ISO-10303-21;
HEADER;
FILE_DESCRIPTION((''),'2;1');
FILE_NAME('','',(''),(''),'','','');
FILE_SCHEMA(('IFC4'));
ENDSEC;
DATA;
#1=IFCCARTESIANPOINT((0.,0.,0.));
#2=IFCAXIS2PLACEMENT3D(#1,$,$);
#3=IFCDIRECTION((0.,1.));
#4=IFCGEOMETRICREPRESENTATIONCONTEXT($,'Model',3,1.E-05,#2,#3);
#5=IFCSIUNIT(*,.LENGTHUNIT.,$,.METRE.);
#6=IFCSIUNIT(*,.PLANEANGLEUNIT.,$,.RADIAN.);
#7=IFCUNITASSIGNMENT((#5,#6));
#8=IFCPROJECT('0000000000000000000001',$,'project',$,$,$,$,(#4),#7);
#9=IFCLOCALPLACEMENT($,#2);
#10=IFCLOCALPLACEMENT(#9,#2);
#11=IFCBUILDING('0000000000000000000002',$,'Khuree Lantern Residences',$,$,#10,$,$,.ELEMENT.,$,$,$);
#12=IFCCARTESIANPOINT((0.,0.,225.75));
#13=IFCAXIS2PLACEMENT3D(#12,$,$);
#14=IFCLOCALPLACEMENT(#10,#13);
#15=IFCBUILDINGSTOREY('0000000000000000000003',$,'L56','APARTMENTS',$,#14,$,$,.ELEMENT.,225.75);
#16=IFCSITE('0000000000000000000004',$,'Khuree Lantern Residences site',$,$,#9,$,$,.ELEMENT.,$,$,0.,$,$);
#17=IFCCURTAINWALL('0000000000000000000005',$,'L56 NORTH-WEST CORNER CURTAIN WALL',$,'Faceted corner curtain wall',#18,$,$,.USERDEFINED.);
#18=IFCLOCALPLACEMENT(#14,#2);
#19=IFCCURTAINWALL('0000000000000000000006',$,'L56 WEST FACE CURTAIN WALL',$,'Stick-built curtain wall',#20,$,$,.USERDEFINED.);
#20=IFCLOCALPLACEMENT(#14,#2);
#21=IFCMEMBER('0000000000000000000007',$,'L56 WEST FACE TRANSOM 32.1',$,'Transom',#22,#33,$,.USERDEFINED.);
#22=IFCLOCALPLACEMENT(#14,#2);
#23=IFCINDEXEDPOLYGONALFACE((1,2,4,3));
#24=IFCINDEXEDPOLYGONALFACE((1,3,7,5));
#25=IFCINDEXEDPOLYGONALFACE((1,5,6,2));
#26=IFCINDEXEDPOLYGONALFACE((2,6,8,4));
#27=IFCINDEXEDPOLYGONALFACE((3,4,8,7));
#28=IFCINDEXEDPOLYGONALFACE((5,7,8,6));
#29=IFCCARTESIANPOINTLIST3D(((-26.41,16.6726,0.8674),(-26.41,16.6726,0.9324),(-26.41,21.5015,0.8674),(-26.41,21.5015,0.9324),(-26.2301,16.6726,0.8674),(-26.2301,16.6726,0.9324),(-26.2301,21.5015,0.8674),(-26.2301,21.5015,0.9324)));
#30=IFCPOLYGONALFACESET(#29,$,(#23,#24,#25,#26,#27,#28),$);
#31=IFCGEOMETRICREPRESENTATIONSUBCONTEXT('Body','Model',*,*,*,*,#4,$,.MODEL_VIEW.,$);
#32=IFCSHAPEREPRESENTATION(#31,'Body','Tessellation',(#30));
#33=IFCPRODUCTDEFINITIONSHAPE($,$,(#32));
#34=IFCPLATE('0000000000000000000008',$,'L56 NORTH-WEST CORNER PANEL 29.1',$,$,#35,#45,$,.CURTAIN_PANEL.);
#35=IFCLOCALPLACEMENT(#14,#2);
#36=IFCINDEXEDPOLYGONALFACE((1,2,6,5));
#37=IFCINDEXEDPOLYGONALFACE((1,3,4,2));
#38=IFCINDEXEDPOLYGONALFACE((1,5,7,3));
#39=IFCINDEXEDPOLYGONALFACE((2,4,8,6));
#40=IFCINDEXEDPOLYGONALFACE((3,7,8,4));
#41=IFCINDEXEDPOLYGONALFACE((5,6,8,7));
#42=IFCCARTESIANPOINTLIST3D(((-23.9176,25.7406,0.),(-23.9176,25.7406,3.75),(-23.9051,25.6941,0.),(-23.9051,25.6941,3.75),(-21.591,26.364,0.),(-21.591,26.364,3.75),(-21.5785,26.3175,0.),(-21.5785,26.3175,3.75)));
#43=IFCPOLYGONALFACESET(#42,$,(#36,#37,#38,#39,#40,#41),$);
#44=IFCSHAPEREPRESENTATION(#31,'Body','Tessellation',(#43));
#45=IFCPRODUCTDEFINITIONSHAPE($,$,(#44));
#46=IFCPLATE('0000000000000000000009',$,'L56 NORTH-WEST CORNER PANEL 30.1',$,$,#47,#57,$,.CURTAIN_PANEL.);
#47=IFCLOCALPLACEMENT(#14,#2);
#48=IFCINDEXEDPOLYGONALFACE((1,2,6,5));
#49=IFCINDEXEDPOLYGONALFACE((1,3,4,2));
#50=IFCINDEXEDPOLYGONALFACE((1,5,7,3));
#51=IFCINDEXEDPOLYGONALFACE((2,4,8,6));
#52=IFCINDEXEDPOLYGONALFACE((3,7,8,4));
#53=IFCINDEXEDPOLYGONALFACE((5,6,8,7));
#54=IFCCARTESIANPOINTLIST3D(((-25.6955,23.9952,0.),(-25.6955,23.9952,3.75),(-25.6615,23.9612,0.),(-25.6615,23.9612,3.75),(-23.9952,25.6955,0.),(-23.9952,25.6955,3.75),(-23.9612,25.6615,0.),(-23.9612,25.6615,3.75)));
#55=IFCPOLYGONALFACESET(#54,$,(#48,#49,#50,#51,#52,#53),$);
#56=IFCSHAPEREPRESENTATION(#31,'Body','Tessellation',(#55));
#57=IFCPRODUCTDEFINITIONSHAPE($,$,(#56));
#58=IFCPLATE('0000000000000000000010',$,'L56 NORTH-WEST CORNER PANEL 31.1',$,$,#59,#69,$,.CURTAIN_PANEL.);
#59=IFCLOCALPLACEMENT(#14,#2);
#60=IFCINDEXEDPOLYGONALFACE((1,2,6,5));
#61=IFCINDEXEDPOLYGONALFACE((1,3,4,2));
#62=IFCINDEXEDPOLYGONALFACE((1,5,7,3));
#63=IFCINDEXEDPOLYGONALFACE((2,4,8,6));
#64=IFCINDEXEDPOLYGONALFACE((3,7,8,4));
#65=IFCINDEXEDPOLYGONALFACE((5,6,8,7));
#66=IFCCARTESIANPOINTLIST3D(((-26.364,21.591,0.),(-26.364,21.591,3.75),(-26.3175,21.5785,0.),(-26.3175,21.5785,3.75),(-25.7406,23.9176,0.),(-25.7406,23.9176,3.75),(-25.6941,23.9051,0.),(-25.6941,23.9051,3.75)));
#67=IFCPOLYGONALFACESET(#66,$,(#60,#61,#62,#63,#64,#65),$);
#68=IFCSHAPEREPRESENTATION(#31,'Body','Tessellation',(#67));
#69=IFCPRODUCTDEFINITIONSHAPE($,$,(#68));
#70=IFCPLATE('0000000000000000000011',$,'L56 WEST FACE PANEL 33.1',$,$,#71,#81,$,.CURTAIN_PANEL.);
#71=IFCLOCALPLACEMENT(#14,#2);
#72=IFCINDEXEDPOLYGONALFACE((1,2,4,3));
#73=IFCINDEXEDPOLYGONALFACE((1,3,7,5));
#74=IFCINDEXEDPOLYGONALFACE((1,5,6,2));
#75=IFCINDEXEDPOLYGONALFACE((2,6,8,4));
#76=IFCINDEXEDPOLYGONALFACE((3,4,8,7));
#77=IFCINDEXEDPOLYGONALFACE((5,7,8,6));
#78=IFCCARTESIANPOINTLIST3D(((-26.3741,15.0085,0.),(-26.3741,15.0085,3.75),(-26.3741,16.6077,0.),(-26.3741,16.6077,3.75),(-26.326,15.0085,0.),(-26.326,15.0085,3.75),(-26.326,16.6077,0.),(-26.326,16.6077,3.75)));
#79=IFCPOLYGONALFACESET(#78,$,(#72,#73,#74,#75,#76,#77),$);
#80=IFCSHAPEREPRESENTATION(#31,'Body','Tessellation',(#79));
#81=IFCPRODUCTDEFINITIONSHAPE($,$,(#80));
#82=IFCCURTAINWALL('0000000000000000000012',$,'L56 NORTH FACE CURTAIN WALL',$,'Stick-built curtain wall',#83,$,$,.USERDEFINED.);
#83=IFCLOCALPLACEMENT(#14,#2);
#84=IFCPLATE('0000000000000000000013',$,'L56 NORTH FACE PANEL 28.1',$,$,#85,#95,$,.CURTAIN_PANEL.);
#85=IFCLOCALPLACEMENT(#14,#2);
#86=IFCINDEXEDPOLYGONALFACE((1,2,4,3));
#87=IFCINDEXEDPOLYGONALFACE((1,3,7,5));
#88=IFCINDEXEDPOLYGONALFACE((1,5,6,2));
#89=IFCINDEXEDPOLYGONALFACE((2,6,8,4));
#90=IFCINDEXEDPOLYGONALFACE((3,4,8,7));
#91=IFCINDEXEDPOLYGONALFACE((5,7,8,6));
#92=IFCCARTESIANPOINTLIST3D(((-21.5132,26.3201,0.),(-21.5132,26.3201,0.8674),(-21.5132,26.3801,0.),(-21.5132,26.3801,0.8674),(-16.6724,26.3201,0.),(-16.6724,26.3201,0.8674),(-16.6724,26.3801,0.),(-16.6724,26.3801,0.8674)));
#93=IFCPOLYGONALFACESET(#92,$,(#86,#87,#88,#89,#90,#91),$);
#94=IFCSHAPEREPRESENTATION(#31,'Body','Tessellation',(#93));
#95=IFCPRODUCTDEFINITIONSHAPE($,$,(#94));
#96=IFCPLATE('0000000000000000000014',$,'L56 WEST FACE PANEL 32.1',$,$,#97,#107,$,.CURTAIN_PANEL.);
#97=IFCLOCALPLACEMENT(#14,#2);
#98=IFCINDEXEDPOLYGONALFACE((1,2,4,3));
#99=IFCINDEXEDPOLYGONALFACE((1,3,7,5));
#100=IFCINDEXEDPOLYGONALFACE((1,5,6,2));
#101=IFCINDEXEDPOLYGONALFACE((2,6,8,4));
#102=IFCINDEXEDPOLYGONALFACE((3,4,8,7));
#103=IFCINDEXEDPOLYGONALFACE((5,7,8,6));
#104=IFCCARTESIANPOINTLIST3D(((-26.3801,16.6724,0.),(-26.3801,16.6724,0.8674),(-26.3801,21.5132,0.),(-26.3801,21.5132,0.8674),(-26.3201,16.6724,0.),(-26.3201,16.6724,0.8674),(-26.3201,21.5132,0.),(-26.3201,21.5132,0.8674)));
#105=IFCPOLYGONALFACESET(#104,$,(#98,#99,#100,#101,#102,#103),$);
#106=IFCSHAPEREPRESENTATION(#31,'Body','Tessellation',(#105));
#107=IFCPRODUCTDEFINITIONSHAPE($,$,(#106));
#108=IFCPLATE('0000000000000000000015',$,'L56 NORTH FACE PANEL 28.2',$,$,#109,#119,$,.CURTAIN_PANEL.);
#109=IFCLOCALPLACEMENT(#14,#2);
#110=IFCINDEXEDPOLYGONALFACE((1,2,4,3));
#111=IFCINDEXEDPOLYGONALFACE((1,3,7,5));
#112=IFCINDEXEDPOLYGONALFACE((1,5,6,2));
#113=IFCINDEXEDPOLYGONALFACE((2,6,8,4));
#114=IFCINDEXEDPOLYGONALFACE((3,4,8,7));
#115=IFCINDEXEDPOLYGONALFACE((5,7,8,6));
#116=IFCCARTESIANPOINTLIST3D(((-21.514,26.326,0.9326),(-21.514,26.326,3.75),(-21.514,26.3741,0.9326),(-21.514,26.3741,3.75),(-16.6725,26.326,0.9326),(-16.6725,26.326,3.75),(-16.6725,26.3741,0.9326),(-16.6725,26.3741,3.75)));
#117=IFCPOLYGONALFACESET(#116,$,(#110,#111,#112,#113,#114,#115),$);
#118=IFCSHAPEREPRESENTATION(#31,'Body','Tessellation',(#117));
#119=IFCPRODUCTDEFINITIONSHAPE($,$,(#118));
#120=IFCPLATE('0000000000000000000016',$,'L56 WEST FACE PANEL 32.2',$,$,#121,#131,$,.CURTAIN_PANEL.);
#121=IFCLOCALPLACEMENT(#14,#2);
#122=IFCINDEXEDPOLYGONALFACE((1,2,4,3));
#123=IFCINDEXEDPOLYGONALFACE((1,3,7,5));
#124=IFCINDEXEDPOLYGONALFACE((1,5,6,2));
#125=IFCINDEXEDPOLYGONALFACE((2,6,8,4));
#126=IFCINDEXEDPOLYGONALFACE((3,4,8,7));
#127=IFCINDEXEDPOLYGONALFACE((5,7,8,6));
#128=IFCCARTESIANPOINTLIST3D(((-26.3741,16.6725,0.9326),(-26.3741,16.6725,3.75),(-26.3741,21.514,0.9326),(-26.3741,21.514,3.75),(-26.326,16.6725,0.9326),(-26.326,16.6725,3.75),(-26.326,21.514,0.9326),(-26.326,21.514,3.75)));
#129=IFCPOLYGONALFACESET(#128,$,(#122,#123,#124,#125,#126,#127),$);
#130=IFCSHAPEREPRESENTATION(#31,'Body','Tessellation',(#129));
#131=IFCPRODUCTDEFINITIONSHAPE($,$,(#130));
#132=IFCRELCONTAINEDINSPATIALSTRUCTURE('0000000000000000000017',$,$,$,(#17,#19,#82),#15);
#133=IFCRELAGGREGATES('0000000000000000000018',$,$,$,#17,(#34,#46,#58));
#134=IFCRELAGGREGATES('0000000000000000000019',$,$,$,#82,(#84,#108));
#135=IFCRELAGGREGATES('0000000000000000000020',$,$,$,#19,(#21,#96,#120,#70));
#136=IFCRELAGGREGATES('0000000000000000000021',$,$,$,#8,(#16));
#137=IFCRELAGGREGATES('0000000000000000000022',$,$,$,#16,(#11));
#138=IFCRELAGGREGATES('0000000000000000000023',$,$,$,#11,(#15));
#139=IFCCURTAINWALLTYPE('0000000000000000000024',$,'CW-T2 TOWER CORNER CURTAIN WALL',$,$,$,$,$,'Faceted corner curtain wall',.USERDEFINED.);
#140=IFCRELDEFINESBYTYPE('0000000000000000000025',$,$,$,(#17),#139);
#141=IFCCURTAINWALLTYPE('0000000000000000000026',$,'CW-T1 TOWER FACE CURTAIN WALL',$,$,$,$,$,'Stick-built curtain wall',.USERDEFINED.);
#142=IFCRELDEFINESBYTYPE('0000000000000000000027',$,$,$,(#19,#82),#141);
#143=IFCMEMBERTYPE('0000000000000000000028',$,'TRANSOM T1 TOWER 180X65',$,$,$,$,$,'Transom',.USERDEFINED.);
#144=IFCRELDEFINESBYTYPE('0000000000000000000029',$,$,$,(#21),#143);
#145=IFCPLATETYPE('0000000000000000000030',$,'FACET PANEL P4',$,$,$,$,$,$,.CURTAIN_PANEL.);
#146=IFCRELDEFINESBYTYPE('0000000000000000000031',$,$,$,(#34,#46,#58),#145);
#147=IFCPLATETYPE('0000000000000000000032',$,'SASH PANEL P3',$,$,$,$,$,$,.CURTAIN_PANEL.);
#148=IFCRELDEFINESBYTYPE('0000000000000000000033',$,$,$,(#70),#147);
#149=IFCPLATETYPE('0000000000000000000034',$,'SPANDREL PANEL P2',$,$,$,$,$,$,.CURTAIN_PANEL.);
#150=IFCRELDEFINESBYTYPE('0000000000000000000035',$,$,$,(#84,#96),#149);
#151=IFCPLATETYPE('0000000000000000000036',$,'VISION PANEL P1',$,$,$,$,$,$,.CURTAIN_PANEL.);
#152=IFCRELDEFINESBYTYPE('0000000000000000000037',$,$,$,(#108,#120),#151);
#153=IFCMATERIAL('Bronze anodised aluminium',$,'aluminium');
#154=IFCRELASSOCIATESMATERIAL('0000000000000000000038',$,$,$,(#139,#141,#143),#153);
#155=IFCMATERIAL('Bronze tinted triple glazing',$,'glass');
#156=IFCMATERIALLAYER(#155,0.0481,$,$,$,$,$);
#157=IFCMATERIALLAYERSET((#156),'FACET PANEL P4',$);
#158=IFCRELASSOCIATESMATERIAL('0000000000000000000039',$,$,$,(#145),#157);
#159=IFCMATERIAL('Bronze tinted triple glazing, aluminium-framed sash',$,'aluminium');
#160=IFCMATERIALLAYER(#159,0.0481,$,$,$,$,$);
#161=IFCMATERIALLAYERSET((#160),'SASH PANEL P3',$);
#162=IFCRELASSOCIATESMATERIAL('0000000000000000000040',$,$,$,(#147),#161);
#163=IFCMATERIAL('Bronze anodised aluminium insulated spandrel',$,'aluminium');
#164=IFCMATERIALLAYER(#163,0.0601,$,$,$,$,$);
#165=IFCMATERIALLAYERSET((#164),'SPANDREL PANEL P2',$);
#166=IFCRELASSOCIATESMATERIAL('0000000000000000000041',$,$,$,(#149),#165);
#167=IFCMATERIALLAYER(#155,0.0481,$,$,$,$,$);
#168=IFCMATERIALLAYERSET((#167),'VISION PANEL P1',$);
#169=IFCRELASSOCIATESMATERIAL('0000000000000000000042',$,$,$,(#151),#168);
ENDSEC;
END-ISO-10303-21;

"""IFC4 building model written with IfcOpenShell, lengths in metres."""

from ifc_helpers import new_model, si_unit, direction, frame, origin, origin_2d, place, context, subcontext, project, spatial, rectangle, extrude, material, layer, layer_set, material_profile, profile_set, type_object, element, aggregate, save


model = new_model("IFC4")

# Units and contexts
model_context = context("Model", 3, precision=1e-05, world=origin(), true_north=direction((0.0, 1.0)))
body_context = subcontext(model_context, "Body", "Model", "MODEL_VIEW")
ifc_project = project(units=[si_unit("LENGTHUNIT", "METRE"), si_unit("PLANEANGLEUNIT", "RADIAN")], contexts=[model_context])

# Site, building, storey
site_placement = place(None, origin())
site = spatial("IfcSite", under=ifc_project, at=site_placement, Name="Khuree Lantern Residences site", CompositionType="ELEMENT", RefElevation=0.0)
building_placement = place(site_placement, origin())
building = spatial("IfcBuilding", under=site, at=building_placement, Name="Khuree Lantern Residences", CompositionType="ELEMENT")
storey_placement = place(building_placement, frame((0.0, 0.0, 225.75)))
storey = spatial("IfcBuildingStorey", under=building, at=storey_placement, Name="L56", Description="APARTMENTS", CompositionType="ELEMENT", Elevation=225.75)

# Curtain walls
ifc_material_1 = material(Name="Bronze anodised aluminium", Category="aluminium")
curtain_wall_type_1 = type_object("IfcCurtainWallType", Name="CW-T2 TOWER CORNER CURTAIN WALL", ElementType="Faceted corner curtain wall", PredefinedType="USERDEFINED", material=ifc_material_1)
curtain_wall_1_placement = place(storey_placement, origin())
curtain_wall_1 = element("IfcCurtainWall", 1, at=curtain_wall_1_placement, inside=storey, type_object=curtain_wall_type_1, Name="L56 NORTH-WEST CORNER CURTAIN WALL", ObjectType="Faceted corner curtain wall", PredefinedType="USERDEFINED")
curtain_wall_type_2 = type_object("IfcCurtainWallType", Name="CW-T1 TOWER FACE CURTAIN WALL", ElementType="Stick-built curtain wall", PredefinedType="USERDEFINED", material=ifc_material_1)
curtain_wall_2_placement = place(storey_placement, origin())
curtain_wall_2 = element("IfcCurtainWall", 2, at=curtain_wall_2_placement, inside=storey, type_object=curtain_wall_type_2, Name="L56 WEST FACE CURTAIN WALL", ObjectType="Stick-built curtain wall", PredefinedType="USERDEFINED")

# Member
ifc_material_profile_1 = material_profile(ifc_material_1, rectangle(XDim=0.1799, YDim=0.0649, at=origin_2d()), Name="T1 180X65")
ifc_profile_set_1 = profile_set([ifc_material_profile_1], Name="Bronze anodised aluminium")
member_type_1 = type_object("IfcMemberType", Name="TRANSOM T1 TOWER 180X65", ElementType="Transom", PredefinedType="USERDEFINED", material=ifc_profile_set_1)
member_1_placement = place(storey_placement, frame((-26.3201, 21.5015, 0.8999), z_axis=(0.0, -1.0, 0.0), x_axis=(1.0, 0.0, 0.0)))
member_1 = element("IfcMember", 3, at=member_1_placement, type_object=member_type_1, Name="L56 WEST FACE TRANSOM 32.1", ObjectType="Transom", PredefinedType="USERDEFINED", context=body_context, shape_type="SweptSolid", body=[
    extrude(rectangle(XDim=0.1799, YDim=0.0649, at=origin_2d()), origin(), (0.0, 0.0, 1.0), 4.8289),
])

# Plates
ifc_material_2 = material(Name="Bronze tinted triple glazing", Category="glass")
ifc_layer_1 = layer(ifc_material_2, 0.0481)
ifc_layer_set_1 = layer_set([ifc_layer_1], Name="FACET PANEL P4")
plate_type_1 = type_object("IfcPlateType", Name="FACET PANEL P4", PredefinedType="CURTAIN_PANEL", material=ifc_layer_set_1)
plate_1_placement = place(storey_placement, frame((-22.748, 26.0291, 0.0), z_axis=(0.0, 0.0, 1.0), x_axis=(-0.965926, -0.258819, 0.0)))
plate_1 = element("IfcPlate", 4, at=plate_1_placement, type_object=plate_type_1, Name="L56 NORTH-WEST CORNER PANEL 29.1", PredefinedType="CURTAIN_PANEL", context=body_context, shape_type="SweptSolid", body=[
    extrude(rectangle(XDim=2.4087, YDim=0.0481, at=origin_2d()), origin(), (0.0, 0.0, 1.0), 3.75),
])
plate_2_placement = place(storey_placement, frame((-24.8284, 24.8284, 0.0), z_axis=(0.0, 0.0, 1.0), x_axis=(-0.707107, -0.707107, 0.0)))
plate_2 = element("IfcPlate", 5, at=plate_2_placement, type_object=plate_type_1, Name="L56 NORTH-WEST CORNER PANEL 30.1", PredefinedType="CURTAIN_PANEL", context=body_context, shape_type="SweptSolid", body=[
    extrude(rectangle(XDim=2.4045, YDim=0.0481, at=origin_2d()), origin(), (0.0, 0.0, 1.0), 3.75),
])
plate_3_placement = place(storey_placement, frame((-26.0291, 22.748, 0.0), z_axis=(0.0, 0.0, 1.0), x_axis=(-0.258819, -0.965926, 0.0)))
plate_3 = element("IfcPlate", 6, at=plate_3_placement, type_object=plate_type_1, Name="L56 NORTH-WEST CORNER PANEL 31.1", PredefinedType="CURTAIN_PANEL", context=body_context, shape_type="SweptSolid", body=[
    extrude(rectangle(XDim=2.4087, YDim=0.0481, at=origin_2d()), origin(), (0.0, 0.0, 1.0), 3.75),
])
aggregate(curtain_wall_1, [plate_1, plate_2, plate_3])
ifc_material_3 = material(Name="Bronze tinted triple glazing, aluminium-framed sash", Category="aluminium")
ifc_layer_2 = layer(ifc_material_3, 0.0481)
ifc_layer_set_2 = layer_set([ifc_layer_2], Name="SASH PANEL P3")
plate_type_2 = type_object("IfcPlateType", Name="SASH PANEL P3", PredefinedType="CURTAIN_PANEL", material=ifc_layer_set_2)
plate_4_placement = place(storey_placement, frame((-26.3501, 15.8081, 0.0), z_axis=(0.0, 0.0, 1.0), x_axis=(0.0, -1.0, 0.0)))
plate_4 = element("IfcPlate", 7, at=plate_4_placement, type_object=plate_type_2, Name="L56 WEST FACE PANEL 33.1", PredefinedType="CURTAIN_PANEL", context=body_context, shape_type="SweptSolid", body=[
    extrude(rectangle(XDim=1.5991, YDim=0.0481, at=origin_2d()), origin(), (0.0, 0.0, 1.0), 3.75),
])

# Curtain wall, plate
curtain_wall_3_placement = place(storey_placement, origin())
curtain_wall_3 = element("IfcCurtainWall", 8, at=curtain_wall_3_placement, inside=storey, type_object=curtain_wall_type_2, Name="L56 NORTH FACE CURTAIN WALL", ObjectType="Stick-built curtain wall", PredefinedType="USERDEFINED")
ifc_material_4 = material(Name="Bronze anodised aluminium insulated spandrel", Category="aluminium")
ifc_layer_3 = layer(ifc_material_4, 0.0601)
ifc_layer_set_3 = layer_set([ifc_layer_3], Name="SPANDREL PANEL P2")
plate_type_3 = type_object("IfcPlateType", Name="SPANDREL PANEL P2", PredefinedType="CURTAIN_PANEL", material=ifc_layer_set_3)
plate_5_placement = place(storey_placement, frame((-19.0928, 26.3501, 0.0), z_axis=(0.0, 0.0, 1.0), x_axis=(-1.0, 0.0, 0.0)))
plate_5 = element("IfcPlate", 9, at=plate_5_placement, type_object=plate_type_3, Name="L56 NORTH FACE PANEL 28.1", PredefinedType="CURTAIN_PANEL", context=body_context, shape_type="SweptSolid", body=[
    extrude(rectangle(XDim=4.8408, YDim=0.0601, at=origin_2d()), origin(), (0.0, 0.0, 1.0), 0.8674),
])

# Plates
plate_6_placement = place(storey_placement, frame((-26.3501, 19.0928, 0.0), z_axis=(0.0, 0.0, 1.0), x_axis=(0.0, -1.0, 0.0)))
plate_6 = element("IfcPlate", 10, at=plate_6_placement, type_object=plate_type_3, Name="L56 WEST FACE PANEL 32.1", PredefinedType="CURTAIN_PANEL", context=body_context, shape_type="SweptSolid", body=[
    extrude(rectangle(XDim=4.8408, YDim=0.0601, at=origin_2d()), origin(), (0.0, 0.0, 1.0), 0.8674),
])
ifc_layer_4 = layer(ifc_material_2, 0.0481)
ifc_layer_set_4 = layer_set([ifc_layer_4], Name="VISION PANEL P1")
plate_type_4 = type_object("IfcPlateType", Name="VISION PANEL P1", PredefinedType="CURTAIN_PANEL", material=ifc_layer_set_4)
plate_7_placement = place(storey_placement, frame((-19.0933, 26.3501, 0.9326), z_axis=(0.0, 0.0, 1.0), x_axis=(-1.0, 0.0, 0.0)))
plate_7 = element("IfcPlate", 11, at=plate_7_placement, type_object=plate_type_4, Name="L56 NORTH FACE PANEL 28.2", PredefinedType="CURTAIN_PANEL", context=body_context, shape_type="SweptSolid", body=[
    extrude(rectangle(XDim=4.8416, YDim=0.0481, at=origin_2d()), origin(), (0.0, 0.0, 1.0), 2.8174),
])
aggregate(curtain_wall_3, [plate_5, plate_7])
plate_8_placement = place(storey_placement, frame((-26.3501, 19.0933, 0.9326), z_axis=(0.0, 0.0, 1.0), x_axis=(0.0, -1.0, 0.0)))
plate_8 = element("IfcPlate", 12, at=plate_8_placement, type_object=plate_type_4, Name="L56 WEST FACE PANEL 32.2", PredefinedType="CURTAIN_PANEL", context=body_context, shape_type="SweptSolid", body=[
    extrude(rectangle(XDim=4.8416, YDim=0.0481, at=origin_2d()), origin(), (0.0, 0.0, 1.0), 2.8174),
])
aggregate(curtain_wall_2, [member_1, plate_6, plate_8, plate_4])

save(model, "model.ifc")
